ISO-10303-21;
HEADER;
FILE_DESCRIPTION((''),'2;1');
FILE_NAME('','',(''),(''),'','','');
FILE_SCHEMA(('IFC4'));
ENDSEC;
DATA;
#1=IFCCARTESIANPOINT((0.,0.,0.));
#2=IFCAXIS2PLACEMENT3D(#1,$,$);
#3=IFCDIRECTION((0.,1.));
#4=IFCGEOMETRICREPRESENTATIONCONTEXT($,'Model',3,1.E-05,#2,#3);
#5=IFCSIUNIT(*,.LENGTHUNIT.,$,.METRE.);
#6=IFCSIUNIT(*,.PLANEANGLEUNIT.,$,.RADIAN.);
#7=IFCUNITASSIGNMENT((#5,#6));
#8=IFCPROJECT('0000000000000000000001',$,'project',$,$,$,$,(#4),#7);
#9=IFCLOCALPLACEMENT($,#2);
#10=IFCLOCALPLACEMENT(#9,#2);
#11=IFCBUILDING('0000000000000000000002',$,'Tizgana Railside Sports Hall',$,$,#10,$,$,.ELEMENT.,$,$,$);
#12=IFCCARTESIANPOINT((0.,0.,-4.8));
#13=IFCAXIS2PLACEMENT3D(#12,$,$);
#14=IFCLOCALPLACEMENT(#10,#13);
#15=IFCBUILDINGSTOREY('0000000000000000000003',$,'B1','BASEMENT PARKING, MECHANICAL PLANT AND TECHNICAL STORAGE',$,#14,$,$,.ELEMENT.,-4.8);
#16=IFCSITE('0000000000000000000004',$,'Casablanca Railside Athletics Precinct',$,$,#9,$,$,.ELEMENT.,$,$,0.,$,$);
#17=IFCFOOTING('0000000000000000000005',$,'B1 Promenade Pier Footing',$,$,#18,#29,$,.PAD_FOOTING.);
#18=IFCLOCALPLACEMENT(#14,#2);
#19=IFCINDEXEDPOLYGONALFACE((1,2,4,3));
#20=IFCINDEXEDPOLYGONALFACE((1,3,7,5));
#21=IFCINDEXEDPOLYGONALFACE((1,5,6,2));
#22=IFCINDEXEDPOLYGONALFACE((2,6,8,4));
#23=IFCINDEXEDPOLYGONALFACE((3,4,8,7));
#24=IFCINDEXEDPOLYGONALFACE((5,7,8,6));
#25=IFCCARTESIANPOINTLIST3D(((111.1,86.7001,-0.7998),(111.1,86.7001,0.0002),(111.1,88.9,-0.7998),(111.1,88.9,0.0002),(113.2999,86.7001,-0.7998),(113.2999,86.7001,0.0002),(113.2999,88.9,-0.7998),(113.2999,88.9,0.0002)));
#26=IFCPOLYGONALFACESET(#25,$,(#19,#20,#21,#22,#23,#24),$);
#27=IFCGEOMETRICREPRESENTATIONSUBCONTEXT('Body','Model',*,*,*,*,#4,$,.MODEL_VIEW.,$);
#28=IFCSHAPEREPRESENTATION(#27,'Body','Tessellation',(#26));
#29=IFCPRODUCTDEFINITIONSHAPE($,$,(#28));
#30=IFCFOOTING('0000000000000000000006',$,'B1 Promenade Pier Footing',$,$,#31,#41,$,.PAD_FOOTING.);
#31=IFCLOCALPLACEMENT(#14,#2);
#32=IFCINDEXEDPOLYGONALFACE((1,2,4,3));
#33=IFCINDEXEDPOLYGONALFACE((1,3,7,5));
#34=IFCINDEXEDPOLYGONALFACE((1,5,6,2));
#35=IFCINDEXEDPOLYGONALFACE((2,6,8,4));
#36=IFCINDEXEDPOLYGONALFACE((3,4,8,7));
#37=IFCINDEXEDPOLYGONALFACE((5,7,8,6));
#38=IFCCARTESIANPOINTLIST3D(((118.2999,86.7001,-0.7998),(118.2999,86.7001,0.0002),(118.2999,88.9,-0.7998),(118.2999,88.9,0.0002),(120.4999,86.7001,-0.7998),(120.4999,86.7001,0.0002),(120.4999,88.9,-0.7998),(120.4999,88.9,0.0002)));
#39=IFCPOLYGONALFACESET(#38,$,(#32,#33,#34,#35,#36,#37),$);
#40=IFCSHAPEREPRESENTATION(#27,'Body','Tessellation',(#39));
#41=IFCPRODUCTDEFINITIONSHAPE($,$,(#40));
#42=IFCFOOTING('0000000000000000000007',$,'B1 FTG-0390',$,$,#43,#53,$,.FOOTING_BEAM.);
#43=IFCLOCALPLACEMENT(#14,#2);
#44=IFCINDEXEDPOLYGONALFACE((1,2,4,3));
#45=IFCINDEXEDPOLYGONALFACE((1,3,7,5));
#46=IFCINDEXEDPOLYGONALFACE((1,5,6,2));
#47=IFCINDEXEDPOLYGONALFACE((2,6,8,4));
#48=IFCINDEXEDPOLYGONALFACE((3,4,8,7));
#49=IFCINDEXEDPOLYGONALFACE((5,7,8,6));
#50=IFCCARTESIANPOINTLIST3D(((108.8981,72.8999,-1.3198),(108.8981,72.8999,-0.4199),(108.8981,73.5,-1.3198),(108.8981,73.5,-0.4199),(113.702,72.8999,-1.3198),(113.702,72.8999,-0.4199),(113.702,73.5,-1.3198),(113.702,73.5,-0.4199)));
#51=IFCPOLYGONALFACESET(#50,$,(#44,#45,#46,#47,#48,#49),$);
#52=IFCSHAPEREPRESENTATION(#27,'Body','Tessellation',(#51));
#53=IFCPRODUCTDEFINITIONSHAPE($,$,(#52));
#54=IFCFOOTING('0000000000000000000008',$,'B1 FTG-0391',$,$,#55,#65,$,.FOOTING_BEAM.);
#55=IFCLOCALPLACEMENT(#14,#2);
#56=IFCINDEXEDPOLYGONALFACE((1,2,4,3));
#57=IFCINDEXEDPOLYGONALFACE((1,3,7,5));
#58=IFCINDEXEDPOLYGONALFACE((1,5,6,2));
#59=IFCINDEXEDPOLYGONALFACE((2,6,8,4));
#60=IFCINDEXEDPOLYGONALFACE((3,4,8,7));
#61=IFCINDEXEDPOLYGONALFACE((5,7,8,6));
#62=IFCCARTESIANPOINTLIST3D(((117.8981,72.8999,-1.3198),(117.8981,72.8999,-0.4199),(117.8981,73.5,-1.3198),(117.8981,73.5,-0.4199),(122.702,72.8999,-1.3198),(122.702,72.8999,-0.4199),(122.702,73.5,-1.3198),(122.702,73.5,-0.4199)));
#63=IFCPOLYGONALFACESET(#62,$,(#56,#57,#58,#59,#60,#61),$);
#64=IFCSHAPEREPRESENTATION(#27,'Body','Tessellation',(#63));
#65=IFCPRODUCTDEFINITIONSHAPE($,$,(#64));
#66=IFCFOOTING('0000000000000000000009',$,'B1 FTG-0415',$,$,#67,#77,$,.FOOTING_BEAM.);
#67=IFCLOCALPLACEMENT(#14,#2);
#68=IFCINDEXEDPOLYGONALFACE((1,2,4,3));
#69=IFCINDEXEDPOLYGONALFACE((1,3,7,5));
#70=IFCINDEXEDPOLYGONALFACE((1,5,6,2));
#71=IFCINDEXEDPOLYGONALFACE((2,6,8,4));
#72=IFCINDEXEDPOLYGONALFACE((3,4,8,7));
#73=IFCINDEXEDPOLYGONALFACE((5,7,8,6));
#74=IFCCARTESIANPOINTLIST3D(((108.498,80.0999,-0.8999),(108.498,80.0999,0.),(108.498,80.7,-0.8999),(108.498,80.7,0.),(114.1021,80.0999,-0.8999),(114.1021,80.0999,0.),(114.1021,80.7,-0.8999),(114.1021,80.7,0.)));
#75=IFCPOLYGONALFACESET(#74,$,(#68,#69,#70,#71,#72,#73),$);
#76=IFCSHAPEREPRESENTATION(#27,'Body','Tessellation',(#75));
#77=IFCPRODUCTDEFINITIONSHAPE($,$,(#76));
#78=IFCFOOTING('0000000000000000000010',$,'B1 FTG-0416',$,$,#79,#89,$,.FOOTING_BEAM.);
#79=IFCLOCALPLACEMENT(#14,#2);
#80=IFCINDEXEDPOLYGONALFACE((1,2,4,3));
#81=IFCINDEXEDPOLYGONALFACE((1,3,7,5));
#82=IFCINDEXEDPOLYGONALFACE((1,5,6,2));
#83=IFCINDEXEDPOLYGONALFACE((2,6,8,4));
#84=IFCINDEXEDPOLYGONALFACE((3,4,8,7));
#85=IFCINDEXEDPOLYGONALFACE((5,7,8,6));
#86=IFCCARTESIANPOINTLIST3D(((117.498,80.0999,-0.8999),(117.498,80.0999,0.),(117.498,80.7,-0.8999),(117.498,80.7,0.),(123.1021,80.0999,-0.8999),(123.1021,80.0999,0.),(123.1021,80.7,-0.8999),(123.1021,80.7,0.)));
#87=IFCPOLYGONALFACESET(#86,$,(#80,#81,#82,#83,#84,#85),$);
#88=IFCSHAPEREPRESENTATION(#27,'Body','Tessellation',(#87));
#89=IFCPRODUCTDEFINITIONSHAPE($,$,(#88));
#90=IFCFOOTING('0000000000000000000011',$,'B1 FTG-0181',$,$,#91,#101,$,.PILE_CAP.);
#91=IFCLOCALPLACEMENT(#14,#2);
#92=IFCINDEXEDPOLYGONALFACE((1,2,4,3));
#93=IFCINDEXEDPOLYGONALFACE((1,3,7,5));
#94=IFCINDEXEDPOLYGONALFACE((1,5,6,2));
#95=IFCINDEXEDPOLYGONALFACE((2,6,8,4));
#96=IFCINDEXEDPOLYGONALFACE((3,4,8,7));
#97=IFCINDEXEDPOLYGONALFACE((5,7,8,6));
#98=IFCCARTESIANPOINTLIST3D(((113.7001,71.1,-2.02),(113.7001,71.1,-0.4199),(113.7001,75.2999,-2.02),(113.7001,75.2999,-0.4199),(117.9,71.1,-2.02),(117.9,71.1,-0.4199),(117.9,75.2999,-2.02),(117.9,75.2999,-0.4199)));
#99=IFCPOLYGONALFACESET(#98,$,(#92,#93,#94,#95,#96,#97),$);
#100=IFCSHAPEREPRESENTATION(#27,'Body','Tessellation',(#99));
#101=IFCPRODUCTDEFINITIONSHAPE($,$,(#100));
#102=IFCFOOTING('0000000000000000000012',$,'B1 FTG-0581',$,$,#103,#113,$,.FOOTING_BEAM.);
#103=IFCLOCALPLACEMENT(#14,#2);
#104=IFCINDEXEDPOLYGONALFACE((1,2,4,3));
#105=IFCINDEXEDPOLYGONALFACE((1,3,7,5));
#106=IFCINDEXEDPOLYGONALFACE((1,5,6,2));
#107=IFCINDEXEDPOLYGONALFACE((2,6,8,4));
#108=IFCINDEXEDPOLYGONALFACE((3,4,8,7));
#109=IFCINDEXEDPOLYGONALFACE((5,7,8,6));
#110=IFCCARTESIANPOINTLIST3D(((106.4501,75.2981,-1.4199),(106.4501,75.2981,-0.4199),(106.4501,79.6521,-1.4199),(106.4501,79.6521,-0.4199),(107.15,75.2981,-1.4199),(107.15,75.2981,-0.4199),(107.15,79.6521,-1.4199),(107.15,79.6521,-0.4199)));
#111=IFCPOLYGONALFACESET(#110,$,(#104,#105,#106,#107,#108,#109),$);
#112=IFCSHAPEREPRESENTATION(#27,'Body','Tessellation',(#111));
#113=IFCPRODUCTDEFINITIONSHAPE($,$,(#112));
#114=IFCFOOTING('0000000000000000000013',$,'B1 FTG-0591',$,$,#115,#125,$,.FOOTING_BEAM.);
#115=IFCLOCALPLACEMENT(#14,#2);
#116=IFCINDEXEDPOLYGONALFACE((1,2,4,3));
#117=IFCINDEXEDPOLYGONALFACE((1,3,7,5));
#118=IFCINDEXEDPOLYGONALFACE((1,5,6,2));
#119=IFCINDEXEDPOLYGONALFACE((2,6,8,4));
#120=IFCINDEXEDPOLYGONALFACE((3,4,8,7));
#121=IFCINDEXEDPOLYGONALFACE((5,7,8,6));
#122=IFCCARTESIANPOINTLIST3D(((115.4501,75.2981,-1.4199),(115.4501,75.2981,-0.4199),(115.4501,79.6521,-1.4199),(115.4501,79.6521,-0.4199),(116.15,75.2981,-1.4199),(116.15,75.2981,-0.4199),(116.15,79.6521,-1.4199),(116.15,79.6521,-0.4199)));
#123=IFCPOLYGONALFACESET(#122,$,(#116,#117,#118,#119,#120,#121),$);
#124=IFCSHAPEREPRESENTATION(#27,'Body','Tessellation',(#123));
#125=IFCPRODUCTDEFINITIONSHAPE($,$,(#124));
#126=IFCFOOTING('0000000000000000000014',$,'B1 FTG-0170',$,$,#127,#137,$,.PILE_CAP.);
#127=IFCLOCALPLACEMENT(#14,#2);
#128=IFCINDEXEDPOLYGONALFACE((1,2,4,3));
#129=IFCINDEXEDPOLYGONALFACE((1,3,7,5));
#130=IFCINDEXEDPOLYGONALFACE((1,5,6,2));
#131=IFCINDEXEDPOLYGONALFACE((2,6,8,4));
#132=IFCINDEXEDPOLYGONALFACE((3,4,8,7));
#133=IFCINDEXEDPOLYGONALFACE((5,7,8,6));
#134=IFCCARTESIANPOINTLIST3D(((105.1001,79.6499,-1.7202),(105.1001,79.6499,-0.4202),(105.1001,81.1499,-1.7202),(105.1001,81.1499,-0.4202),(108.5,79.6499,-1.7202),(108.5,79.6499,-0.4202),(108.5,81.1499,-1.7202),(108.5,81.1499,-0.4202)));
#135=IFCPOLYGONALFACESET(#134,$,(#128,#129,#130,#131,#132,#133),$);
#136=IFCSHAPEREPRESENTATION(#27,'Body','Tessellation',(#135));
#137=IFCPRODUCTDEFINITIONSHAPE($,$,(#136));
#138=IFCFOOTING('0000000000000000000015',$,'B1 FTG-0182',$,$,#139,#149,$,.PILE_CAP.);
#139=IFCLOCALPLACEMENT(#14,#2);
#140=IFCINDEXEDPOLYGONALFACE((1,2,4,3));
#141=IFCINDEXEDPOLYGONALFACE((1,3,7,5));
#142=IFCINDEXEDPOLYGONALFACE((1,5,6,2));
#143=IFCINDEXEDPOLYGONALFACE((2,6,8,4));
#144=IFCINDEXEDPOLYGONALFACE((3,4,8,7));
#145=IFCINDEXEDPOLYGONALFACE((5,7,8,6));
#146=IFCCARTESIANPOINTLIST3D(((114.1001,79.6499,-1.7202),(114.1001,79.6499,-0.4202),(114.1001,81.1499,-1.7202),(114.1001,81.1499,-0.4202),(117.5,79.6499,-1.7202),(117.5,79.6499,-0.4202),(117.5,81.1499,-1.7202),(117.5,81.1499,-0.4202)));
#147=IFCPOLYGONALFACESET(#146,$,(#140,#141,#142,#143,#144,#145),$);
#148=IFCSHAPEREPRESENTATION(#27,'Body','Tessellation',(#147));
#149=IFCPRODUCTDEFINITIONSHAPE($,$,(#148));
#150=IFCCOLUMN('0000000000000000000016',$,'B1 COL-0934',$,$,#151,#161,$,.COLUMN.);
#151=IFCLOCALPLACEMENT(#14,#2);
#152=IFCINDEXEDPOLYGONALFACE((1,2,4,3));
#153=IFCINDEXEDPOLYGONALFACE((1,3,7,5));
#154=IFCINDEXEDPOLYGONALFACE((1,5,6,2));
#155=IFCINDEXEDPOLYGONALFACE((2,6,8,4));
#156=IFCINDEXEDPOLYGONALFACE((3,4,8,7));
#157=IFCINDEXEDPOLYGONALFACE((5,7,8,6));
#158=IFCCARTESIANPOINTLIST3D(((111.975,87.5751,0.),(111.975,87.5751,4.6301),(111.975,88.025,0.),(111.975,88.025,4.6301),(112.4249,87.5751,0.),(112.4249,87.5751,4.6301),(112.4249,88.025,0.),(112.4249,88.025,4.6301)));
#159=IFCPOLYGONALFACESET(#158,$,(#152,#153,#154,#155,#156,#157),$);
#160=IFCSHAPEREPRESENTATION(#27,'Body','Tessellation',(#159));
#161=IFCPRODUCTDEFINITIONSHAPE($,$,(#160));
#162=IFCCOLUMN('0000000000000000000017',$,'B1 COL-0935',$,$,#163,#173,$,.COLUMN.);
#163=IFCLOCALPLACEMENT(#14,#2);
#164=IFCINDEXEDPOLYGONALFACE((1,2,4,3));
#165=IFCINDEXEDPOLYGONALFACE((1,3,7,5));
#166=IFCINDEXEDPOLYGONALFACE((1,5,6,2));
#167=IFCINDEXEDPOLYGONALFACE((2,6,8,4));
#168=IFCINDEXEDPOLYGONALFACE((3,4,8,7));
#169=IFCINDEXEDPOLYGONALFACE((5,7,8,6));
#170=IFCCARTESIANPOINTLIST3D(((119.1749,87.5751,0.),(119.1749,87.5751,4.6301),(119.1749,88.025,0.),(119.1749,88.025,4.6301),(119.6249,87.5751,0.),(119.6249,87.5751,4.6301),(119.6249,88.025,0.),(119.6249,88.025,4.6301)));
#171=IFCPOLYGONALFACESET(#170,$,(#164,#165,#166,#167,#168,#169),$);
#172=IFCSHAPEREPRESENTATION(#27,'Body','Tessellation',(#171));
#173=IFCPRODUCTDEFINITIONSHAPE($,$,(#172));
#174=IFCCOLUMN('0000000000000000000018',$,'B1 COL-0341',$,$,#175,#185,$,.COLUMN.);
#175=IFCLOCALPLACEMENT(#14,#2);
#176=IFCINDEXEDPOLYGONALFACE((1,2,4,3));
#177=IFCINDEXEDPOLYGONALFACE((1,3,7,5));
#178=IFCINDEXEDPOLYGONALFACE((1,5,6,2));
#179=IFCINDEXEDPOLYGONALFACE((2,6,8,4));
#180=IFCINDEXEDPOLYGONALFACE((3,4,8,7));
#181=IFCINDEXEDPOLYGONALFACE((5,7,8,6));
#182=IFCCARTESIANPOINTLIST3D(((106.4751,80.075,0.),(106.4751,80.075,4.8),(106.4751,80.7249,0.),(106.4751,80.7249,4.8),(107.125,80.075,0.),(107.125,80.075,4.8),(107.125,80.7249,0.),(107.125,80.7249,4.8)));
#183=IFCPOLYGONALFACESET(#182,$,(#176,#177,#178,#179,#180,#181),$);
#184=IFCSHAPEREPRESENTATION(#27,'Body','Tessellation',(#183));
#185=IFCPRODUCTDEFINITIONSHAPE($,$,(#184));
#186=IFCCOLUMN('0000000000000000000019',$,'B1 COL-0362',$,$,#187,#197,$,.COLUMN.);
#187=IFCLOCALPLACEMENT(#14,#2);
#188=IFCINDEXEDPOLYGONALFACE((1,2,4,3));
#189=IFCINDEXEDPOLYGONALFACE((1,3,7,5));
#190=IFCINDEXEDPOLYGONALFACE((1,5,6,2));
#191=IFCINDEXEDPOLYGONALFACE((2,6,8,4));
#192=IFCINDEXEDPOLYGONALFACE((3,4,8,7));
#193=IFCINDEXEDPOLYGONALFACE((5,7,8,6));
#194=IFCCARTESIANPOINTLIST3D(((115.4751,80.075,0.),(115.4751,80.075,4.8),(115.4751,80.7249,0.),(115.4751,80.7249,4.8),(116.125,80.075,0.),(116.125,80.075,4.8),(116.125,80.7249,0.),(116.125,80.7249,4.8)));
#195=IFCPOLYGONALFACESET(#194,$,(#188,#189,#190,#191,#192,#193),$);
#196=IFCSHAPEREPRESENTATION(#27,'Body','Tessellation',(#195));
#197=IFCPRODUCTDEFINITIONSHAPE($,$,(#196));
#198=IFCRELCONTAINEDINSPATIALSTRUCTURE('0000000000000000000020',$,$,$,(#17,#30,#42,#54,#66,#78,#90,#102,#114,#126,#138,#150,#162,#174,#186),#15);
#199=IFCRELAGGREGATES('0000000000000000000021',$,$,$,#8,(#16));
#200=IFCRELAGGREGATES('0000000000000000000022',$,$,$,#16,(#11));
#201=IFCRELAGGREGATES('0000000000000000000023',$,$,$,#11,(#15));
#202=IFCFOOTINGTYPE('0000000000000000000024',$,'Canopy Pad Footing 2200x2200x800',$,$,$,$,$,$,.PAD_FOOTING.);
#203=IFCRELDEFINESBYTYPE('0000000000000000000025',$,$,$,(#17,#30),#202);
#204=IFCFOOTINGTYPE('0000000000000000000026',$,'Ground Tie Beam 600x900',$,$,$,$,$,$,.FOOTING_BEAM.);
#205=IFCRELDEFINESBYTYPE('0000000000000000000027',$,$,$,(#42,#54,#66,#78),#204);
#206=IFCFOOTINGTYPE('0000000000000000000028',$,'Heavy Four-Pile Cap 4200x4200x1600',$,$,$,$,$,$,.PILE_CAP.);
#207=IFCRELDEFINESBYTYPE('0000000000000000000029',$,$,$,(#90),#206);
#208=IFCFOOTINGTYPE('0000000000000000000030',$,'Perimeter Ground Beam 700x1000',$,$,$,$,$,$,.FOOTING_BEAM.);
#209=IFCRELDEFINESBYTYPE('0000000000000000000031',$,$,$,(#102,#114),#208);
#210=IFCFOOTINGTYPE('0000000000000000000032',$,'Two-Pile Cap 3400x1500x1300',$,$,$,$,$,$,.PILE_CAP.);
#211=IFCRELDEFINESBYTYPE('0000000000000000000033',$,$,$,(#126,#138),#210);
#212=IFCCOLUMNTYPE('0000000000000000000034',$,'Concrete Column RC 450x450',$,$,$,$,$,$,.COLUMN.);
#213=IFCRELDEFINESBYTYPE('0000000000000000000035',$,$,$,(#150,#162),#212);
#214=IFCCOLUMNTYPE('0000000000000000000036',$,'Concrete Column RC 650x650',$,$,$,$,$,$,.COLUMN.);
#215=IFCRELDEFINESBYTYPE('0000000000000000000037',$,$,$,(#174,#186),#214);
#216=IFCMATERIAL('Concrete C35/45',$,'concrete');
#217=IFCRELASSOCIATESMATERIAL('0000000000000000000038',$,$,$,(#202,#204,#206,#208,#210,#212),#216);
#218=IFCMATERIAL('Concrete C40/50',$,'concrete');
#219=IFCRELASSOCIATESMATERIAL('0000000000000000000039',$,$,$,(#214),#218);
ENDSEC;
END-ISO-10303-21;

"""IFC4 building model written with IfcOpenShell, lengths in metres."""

from ifc_helpers import new_model, si_unit, direction, frame, origin, origin_2d, place, context, subcontext, project, spatial, rectangle, extrude, material, material_profile, profile_set, type_object, element, save


model = new_model("IFC4")

# Units and contexts
model_context = context("Model", 3, precision=1e-05, world=origin(), true_north=direction((0.0, 1.0)))
body_context = subcontext(model_context, "Body", "Model", "MODEL_VIEW")
ifc_project = project(units=[si_unit("LENGTHUNIT", "METRE"), si_unit("PLANEANGLEUNIT", "RADIAN")], contexts=[model_context])

# Site, building, storey
site_placement = place(None, origin())
site = spatial("IfcSite", under=ifc_project, at=site_placement, Name="Casablanca Railside Athletics Precinct", CompositionType="ELEMENT", RefElevation=0.0)
building_placement = place(site_placement, origin())
building = spatial("IfcBuilding", under=site, at=building_placement, Name="Tizgana Railside Sports Hall", CompositionType="ELEMENT")
storey_placement = place(building_placement, frame((0.0, 0.0, -4.8)))
storey = spatial("IfcBuildingStorey", under=building, at=storey_placement, Name="B1", Description="BASEMENT PARKING, MECHANICAL PLANT AND TECHNICAL STORAGE", CompositionType="ELEMENT", Elevation=-4.8)

# Shared definitions
ifc_material_1 = material(Name="Concrete C35/45", Category="concrete")

# Footings
footing_type_1 = type_object("IfcFootingType", Name="Canopy Pad Footing 2200x2200x800", PredefinedType="PAD_FOOTING", material=ifc_material_1)
for number, where, z_axis, x_axis, name in (
    (1, (112.2, 87.8, -0.7998), (0.0, 0.0, 1.0), (1.0, 0.0, 0.0), "B1 Promenade Pier Footing"),
    (2, (119.3999, 87.8, -0.7998), (0.0, 0.0, 1.0), (1.0, 0.0, 0.0), "B1 Promenade Pier Footing"),
):
    element("IfcFooting", number, at=place(storey_placement, frame(where, z_axis=z_axis, x_axis=x_axis)), inside=storey, type_object=footing_type_1, Name=name, PredefinedType="PAD_FOOTING", context=body_context, shape_type="SweptSolid", body=[
        extrude(rectangle(XDim=2.2, YDim=2.2, at=origin_2d()), origin(), (0.0, 0.0, 1.0), 0.8),
    ])
footing_type_2 = type_object("IfcFootingType", Name="Ground Tie Beam 600x900", PredefinedType="FOOTING_BEAM", material=ifc_material_1)
for number, where, z_axis, x_axis, name in (
    (3, (111.3, 73.2, -1.3198), (0.0, 0.0, 1.0), (1.0, 0.0, 0.0), "B1 FTG-0390"),
    (4, (120.3, 73.2, -1.3198), (0.0, 0.0, 1.0), (1.0, 0.0, 0.0), "B1 FTG-0391"),
):
    element("IfcFooting", number, at=place(storey_placement, frame(where, z_axis=z_axis, x_axis=x_axis)), inside=storey, type_object=footing_type_2, Name=name, PredefinedType="FOOTING_BEAM", context=body_context, shape_type="SweptSolid", body=[
        extrude(rectangle(XDim=4.804, YDim=0.6001, at=origin_2d()), origin(), (0.0, 0.0, 1.0), 0.8999),
    ])
for number, where, z_axis, x_axis, name in (
    (5, (111.3, 80.3999, -0.8999), (0.0, 0.0, 1.0), (1.0, 0.0, 0.0), "B1 FTG-0415"),
    (6, (120.3, 80.3999, -0.8999), (0.0, 0.0, 1.0), (1.0, 0.0, 0.0), "B1 FTG-0416"),
):
    element("IfcFooting", number, at=place(storey_placement, frame(where, z_axis=z_axis, x_axis=x_axis)), inside=storey, type_object=footing_type_2, Name=name, PredefinedType="FOOTING_BEAM", context=body_context, shape_type="SweptSolid", body=[
        extrude(rectangle(XDim=5.604, YDim=0.6001, at=origin_2d()), origin(), (0.0, 0.0, 1.0), 0.8999),
    ])
footing_type_3 = type_object("IfcFootingType", Name="Heavy Four-Pile Cap 4200x4200x1600", PredefinedType="PILE_CAP", material=ifc_material_1)
footing_placement = place(storey_placement, frame((115.8, 73.2, -2.02), z_axis=(0.0, 0.0, 1.0), x_axis=(1.0, 0.0, 0.0)))
element("IfcFooting", 7, at=footing_placement, inside=storey, type_object=footing_type_3, Name="B1 FTG-0181", PredefinedType="PILE_CAP", context=body_context, shape_type="SweptSolid", body=[
    extrude(rectangle(XDim=4.2, YDim=4.2, at=origin_2d()), origin(), (0.0, 0.0, 1.0), 1.6001),
])
footing_type_4 = type_object("IfcFootingType", Name="Perimeter Ground Beam 700x1000", PredefinedType="FOOTING_BEAM", material=ifc_material_1)
for number, where, z_axis, x_axis, name in (
    (8, (106.8, 77.4751, -1.4199), (0.0, 0.0, 1.0), (0.0, 1.0, 0.0), "B1 FTG-0581"),
    (9, (115.8, 77.4751, -1.4199), (0.0, 0.0, 1.0), (0.0, 1.0, 0.0), "B1 FTG-0591"),
):
    element("IfcFooting", number, at=place(storey_placement, frame(where, z_axis=z_axis, x_axis=x_axis)), inside=storey, type_object=footing_type_4, Name=name, PredefinedType="FOOTING_BEAM", context=body_context, shape_type="SweptSolid", body=[
        extrude(rectangle(XDim=4.354, YDim=0.7, at=origin_2d()), origin(), (0.0, 0.0, 1.0), 1.0),
    ])
footing_type_5 = type_object("IfcFootingType", Name="Two-Pile Cap 3400x1500x1300", PredefinedType="PILE_CAP", material=ifc_material_1)
for number, where, z_axis, x_axis, name in (
    (10, (106.8, 80.3999, -1.7202), (0.0, 0.0, 1.0), (1.0, 0.0, 0.0), "B1 FTG-0170"),
    (11, (115.8, 80.3999, -1.7202), (0.0, 0.0, 1.0), (1.0, 0.0, 0.0), "B1 FTG-0182"),
):
    element("IfcFooting", number, at=place(storey_placement, frame(where, z_axis=z_axis, x_axis=x_axis)), inside=storey, type_object=footing_type_5, Name=name, PredefinedType="PILE_CAP", context=body_context, shape_type="SweptSolid", body=[
        extrude(rectangle(XDim=3.3999, YDim=1.5, at=origin_2d()), origin(), (0.0, 0.0, 1.0), 1.3),
    ])

# Columns
ifc_material_profile_1 = material_profile(ifc_material_1, rectangle(XDim=0.45, YDim=0.45, at=origin_2d()), Name="RC 450x450")
ifc_profile_set_1 = profile_set([ifc_material_profile_1], Name="Concrete C35/45")
column_type_1 = type_object("IfcColumnType", Name="Concrete Column RC 450x450", PredefinedType="COLUMN", material=ifc_profile_set_1)
for number, where, z_axis, x_axis, name in (
    (12, (112.2, 87.8, 0.0), (0.0, 0.0, 1.0), (1.0, 0.0, 0.0), "B1 COL-0934"),
    (13, (119.3999, 87.8, 0.0), (0.0, 0.0, 1.0), (1.0, 0.0, 0.0), "B1 COL-0935"),
):
    element("IfcColumn", number, at=place(storey_placement, frame(where, z_axis=z_axis, x_axis=x_axis)), inside=storey, type_object=column_type_1, Name=name, PredefinedType="COLUMN", context=body_context, shape_type="SweptSolid", body=[
        extrude(rectangle(XDim=0.45, YDim=0.45, at=origin_2d()), origin(), (0.0, 0.0, 1.0), 4.6301),
    ])
ifc_material_2 = material(Name="Concrete C40/50", Category="concrete")
ifc_material_profile_2 = material_profile(ifc_material_2, rectangle(XDim=0.6499, YDim=0.6499, at=origin_2d()), Name="RC 650x650")
ifc_profile_set_2 = profile_set([ifc_material_profile_2], Name="Concrete C40/50")
column_type_2 = type_object("IfcColumnType", Name="Concrete Column RC 650x650", PredefinedType="COLUMN", material=ifc_profile_set_2)
for number, where, z_axis, x_axis, name in (
    (14, (106.8, 80.3999, 0.0), (0.0, 0.0, 1.0), (1.0, 0.0, 0.0), "B1 COL-0341"),
    (15, (115.8, 80.3999, 0.0), (0.0, 0.0, 1.0), (1.0, 0.0, 0.0), "B1 COL-0362"),
):
    element("IfcColumn", number, at=place(storey_placement, frame(where, z_axis=z_axis, x_axis=x_axis)), inside=storey, type_object=column_type_2, Name=name, PredefinedType="COLUMN", context=body_context, shape_type="SweptSolid", body=[
        extrude(rectangle(XDim=0.6499, YDim=0.6499, at=origin_2d()), origin(), (0.0, 0.0, 1.0), 4.8),
    ])

save(model, "model.ifc")
